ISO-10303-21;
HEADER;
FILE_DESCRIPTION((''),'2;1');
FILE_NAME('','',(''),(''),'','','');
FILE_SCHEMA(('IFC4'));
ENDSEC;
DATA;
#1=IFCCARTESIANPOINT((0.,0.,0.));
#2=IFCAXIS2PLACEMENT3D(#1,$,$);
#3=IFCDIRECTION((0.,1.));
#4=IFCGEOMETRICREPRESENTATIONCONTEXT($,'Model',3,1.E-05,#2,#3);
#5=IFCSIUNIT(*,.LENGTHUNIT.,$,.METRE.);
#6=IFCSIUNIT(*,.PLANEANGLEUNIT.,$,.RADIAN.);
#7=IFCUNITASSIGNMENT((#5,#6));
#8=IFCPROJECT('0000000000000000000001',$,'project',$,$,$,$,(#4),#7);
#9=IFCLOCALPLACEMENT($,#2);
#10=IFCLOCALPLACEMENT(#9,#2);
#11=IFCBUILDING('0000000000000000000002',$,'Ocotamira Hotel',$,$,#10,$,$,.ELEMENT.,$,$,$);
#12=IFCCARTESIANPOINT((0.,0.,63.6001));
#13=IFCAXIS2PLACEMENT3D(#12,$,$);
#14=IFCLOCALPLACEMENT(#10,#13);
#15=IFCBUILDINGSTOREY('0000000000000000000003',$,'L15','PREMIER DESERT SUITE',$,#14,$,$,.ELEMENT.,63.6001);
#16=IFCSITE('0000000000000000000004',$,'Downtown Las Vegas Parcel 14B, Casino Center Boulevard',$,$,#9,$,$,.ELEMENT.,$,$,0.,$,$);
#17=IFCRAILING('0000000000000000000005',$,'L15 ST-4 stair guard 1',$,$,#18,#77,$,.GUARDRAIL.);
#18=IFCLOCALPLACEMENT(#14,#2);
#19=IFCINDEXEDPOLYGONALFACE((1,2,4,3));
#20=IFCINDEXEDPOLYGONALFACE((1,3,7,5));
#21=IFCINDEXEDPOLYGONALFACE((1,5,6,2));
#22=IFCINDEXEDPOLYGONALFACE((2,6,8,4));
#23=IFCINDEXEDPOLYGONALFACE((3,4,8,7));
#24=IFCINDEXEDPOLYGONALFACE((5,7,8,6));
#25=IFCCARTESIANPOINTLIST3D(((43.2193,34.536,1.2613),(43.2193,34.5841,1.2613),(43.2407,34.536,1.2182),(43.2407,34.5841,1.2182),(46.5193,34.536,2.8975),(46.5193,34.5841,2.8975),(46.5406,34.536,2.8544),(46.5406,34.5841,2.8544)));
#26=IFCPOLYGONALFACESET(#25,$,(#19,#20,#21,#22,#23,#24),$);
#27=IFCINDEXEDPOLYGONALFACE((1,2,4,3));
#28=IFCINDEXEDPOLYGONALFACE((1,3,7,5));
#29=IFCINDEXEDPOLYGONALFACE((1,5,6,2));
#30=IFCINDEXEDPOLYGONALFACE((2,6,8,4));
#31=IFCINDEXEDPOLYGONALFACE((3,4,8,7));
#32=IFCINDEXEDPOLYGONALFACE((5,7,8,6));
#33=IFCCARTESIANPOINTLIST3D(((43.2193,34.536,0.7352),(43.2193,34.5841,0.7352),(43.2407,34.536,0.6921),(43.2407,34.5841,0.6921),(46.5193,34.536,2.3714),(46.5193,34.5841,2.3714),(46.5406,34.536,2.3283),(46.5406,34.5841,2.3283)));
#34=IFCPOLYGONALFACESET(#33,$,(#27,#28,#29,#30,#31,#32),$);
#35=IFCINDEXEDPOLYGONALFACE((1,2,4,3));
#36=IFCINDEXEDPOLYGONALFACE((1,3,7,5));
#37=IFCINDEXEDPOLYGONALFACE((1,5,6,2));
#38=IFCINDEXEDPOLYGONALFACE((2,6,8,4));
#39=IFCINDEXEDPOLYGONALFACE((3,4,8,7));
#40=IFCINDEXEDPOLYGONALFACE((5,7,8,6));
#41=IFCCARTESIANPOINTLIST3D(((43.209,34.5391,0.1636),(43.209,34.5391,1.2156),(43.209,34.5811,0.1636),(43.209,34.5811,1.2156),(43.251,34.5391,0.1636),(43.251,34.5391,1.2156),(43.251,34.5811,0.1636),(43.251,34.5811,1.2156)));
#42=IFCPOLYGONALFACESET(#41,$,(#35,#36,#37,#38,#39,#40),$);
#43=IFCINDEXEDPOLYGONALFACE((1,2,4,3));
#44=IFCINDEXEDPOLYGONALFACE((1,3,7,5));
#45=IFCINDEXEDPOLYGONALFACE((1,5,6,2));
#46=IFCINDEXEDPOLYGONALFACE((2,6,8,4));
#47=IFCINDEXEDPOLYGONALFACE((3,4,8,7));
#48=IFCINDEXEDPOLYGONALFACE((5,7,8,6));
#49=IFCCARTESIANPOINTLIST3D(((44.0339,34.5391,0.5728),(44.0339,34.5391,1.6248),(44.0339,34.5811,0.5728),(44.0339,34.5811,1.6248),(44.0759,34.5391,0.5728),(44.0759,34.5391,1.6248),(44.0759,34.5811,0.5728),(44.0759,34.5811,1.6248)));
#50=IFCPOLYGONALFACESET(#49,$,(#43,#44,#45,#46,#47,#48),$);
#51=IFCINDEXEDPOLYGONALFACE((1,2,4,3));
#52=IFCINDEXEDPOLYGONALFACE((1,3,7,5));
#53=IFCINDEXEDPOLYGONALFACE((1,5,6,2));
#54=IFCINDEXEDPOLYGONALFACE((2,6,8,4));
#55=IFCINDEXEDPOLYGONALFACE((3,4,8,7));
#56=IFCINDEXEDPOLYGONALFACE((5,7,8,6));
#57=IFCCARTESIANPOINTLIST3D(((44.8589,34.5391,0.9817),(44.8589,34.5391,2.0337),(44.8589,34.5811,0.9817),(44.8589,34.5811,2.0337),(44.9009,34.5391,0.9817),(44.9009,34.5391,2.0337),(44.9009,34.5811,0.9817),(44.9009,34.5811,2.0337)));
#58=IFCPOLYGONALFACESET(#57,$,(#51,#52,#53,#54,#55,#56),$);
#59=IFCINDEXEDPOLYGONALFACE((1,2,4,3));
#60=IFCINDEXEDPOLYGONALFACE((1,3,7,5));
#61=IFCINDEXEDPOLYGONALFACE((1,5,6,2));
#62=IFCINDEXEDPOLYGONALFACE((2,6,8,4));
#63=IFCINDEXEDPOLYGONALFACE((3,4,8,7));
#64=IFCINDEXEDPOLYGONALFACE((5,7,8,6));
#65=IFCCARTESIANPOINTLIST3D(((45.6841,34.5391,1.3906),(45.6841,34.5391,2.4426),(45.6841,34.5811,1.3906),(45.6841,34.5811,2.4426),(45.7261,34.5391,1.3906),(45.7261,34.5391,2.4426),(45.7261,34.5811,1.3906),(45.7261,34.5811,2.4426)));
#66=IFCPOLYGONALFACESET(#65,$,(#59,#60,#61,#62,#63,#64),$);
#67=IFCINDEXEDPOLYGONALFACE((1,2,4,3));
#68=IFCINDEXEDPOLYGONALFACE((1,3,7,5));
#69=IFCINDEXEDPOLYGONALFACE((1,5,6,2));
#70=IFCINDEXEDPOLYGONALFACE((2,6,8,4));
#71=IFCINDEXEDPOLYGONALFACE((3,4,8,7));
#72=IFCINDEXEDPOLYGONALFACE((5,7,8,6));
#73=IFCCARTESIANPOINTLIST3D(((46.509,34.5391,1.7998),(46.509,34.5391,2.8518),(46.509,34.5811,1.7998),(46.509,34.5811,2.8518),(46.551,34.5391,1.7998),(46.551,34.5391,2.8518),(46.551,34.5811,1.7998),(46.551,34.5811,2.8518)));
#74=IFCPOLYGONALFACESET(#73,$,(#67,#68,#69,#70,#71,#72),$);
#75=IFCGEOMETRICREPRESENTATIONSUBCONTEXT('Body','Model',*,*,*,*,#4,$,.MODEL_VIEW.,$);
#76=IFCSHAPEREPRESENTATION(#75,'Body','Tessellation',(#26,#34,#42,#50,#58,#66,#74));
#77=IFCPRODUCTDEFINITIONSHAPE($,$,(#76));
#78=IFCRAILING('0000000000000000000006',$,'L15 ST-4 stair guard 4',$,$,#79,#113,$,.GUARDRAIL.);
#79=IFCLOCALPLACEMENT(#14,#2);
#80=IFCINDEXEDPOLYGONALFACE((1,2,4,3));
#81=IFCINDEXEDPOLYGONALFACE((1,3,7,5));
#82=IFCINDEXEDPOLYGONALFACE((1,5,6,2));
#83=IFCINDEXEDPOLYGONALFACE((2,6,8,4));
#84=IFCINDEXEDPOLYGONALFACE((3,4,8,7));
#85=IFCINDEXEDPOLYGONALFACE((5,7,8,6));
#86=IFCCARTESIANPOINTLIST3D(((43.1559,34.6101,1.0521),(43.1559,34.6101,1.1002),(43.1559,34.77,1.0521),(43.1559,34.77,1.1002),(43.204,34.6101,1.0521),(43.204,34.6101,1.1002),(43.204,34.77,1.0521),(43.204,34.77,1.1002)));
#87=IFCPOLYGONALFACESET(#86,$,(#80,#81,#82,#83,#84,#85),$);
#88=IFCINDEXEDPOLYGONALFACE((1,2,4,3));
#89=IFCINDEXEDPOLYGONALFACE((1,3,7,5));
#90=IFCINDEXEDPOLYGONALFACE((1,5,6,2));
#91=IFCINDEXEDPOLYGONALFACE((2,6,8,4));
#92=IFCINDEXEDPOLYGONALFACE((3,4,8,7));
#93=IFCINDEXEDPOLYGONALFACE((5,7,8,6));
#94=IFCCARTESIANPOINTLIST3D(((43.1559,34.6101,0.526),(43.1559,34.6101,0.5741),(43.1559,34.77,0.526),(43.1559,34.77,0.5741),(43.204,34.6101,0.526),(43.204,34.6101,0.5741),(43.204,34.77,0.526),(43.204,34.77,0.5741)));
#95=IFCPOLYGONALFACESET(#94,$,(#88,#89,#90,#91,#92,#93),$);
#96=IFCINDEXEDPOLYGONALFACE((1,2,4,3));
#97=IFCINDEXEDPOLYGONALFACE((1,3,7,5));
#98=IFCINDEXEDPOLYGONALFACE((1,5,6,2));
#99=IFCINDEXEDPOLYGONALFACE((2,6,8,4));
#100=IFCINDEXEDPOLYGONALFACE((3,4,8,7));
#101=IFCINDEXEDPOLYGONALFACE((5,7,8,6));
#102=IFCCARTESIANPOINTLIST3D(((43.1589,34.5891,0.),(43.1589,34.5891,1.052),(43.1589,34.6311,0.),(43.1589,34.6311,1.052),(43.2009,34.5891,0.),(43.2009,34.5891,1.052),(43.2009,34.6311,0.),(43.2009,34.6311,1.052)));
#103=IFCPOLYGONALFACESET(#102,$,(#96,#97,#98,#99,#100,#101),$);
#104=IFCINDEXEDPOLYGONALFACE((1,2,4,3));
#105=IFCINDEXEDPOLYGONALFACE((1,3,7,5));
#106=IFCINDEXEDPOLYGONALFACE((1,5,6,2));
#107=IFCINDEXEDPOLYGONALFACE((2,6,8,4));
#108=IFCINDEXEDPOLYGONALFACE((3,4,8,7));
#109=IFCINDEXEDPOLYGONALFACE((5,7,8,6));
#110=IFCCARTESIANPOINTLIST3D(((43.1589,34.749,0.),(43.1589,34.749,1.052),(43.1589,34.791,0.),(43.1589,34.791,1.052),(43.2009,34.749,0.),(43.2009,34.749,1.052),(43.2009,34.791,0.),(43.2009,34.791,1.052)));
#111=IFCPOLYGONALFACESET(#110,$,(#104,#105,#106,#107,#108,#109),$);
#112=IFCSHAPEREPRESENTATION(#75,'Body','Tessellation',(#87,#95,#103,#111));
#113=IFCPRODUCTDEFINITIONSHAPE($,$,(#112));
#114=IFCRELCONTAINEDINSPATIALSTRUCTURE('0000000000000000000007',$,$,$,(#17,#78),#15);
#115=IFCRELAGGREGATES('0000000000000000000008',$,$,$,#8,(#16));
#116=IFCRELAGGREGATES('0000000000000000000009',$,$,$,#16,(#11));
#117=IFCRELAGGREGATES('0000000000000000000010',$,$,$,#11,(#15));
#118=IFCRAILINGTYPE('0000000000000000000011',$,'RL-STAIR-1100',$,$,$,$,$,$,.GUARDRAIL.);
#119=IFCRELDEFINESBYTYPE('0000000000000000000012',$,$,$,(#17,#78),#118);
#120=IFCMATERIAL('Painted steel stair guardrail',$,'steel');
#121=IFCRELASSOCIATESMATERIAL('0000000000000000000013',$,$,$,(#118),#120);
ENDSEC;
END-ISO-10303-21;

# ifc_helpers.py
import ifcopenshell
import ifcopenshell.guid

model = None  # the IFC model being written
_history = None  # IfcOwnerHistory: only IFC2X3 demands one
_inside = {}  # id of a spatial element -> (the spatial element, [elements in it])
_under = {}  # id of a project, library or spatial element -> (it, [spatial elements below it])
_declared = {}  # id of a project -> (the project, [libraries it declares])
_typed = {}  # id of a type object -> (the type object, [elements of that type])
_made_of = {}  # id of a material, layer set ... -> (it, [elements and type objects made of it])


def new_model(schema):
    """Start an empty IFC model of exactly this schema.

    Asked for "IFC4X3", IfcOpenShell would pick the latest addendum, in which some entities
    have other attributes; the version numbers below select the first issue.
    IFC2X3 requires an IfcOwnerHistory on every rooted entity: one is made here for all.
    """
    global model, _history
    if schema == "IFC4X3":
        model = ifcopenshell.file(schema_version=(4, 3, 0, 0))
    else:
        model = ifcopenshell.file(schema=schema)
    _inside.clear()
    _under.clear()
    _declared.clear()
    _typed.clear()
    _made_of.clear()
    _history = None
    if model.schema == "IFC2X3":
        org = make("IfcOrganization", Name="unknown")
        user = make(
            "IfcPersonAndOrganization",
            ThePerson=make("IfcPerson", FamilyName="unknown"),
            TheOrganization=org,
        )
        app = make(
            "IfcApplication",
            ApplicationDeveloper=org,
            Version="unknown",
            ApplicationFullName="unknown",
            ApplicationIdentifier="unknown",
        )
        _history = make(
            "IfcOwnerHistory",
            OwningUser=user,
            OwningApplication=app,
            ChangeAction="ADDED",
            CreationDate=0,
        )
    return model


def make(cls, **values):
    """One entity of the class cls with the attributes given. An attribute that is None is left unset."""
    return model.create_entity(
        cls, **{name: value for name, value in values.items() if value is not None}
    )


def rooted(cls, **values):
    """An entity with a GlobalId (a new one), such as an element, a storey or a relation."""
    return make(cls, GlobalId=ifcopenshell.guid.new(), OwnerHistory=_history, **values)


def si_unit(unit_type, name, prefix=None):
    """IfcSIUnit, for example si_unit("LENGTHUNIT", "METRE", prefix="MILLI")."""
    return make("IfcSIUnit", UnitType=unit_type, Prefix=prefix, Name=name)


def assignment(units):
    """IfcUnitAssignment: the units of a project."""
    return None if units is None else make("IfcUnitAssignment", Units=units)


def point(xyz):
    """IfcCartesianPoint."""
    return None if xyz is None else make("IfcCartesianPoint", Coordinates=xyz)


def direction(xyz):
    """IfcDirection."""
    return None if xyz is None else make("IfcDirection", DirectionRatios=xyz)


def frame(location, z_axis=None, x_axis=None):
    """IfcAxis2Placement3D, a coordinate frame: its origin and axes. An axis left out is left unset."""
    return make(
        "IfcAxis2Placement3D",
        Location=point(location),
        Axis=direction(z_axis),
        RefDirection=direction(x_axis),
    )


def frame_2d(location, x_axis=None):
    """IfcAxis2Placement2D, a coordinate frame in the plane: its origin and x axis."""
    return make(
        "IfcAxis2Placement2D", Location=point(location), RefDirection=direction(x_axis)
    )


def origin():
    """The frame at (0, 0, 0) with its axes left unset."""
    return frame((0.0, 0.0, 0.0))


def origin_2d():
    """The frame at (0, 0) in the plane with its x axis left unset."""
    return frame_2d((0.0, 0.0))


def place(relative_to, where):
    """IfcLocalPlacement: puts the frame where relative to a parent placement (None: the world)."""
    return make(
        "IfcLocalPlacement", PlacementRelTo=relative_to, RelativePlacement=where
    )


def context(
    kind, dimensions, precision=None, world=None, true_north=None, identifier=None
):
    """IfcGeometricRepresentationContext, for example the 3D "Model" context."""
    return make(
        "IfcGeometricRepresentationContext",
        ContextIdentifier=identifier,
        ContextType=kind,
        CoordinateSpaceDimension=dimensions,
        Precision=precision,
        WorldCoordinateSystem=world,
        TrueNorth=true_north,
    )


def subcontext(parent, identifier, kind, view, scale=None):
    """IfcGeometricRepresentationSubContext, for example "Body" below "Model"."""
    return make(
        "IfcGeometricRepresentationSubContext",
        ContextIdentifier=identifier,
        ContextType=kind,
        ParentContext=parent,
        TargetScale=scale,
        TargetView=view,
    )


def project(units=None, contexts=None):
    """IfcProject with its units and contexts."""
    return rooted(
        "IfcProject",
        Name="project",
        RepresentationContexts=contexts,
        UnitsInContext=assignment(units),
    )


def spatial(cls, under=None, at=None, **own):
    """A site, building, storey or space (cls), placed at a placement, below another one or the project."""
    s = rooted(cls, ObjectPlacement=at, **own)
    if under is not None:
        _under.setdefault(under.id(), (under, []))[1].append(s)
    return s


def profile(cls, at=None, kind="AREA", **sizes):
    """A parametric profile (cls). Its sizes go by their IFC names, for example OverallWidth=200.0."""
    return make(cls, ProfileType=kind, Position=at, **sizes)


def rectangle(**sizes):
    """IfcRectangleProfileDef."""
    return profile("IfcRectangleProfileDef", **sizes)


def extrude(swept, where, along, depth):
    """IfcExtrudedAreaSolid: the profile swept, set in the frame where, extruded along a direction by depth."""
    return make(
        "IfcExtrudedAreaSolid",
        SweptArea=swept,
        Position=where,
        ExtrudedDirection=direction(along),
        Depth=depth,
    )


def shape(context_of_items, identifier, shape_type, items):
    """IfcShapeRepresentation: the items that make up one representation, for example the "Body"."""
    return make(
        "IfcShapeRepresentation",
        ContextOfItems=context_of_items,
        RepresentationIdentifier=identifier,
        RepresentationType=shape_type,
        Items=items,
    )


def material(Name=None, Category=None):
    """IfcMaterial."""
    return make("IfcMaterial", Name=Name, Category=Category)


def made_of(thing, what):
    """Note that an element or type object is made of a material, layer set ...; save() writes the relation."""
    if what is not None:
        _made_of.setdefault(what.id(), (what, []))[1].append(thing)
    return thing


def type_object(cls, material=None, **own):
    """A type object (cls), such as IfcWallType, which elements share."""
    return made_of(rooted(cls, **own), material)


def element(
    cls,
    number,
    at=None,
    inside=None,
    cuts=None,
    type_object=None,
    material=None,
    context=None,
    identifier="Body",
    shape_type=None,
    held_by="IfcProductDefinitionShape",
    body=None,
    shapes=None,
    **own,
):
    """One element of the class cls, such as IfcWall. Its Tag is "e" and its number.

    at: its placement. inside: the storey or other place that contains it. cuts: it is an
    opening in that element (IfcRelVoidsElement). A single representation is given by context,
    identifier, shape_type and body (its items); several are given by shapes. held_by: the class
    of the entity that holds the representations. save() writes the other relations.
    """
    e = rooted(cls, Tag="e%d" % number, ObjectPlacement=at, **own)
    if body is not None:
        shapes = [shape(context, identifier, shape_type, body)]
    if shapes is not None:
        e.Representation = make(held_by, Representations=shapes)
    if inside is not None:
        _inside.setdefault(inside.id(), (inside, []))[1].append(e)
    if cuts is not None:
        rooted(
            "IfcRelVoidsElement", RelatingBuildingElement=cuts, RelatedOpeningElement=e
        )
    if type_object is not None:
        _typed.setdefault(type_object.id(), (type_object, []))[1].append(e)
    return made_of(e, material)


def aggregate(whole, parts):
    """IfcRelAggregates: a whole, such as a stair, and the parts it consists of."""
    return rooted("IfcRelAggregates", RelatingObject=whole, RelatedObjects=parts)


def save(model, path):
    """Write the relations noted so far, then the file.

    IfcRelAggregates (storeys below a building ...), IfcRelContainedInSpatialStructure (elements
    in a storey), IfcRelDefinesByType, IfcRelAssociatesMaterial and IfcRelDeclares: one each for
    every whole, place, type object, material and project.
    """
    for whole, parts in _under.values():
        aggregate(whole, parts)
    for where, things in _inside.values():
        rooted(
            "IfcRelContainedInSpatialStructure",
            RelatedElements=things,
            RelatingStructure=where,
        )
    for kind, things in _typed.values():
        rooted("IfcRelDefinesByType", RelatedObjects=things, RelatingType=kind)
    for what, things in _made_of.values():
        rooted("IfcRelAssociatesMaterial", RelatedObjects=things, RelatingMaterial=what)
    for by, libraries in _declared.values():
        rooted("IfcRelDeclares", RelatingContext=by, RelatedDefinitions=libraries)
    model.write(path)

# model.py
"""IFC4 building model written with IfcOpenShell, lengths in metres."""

from ifc_helpers import new_model, si_unit, direction, frame, origin, origin_2d, place, context, subcontext, project, spatial, rectangle, extrude, material, type_object, element, save


model = new_model("IFC4")

# Units and contexts
model_context = context("Model", 3, precision=1e-05, world=origin(), true_north=direction((0.0, 1.0)))
body_context = subcontext(model_context, "Body", "Model", "MODEL_VIEW")
ifc_project = project(units=[si_unit("LENGTHUNIT", "METRE"), si_unit("PLANEANGLEUNIT", "RADIAN")], contexts=[model_context])

# Site, building, storey
site_placement = place(None, origin())
site = spatial("IfcSite", under=ifc_project, at=site_placement, Name="Downtown Las Vegas Parcel 14B, Casino Center Boulevard", CompositionType="ELEMENT", RefElevation=0.0)
building_placement = place(site_placement, origin())
building = spatial("IfcBuilding", under=site, at=building_placement, Name="Ocotamira Hotel", CompositionType="ELEMENT")
storey_placement = place(building_placement, frame((0.0, 0.0, 63.6001)))
storey = spatial("IfcBuildingStorey", under=building, at=storey_placement, Name="L15", Description="PREMIER DESERT SUITE", CompositionType="ELEMENT", Elevation=63.6001)

# Railings
ifc_material_1 = material(Name="Painted steel stair guardrail", Category="steel")
railing_type_1 = type_object("IfcRailingType", Name="RL-STAIR-1100", PredefinedType="GUARDRAIL", material=ifc_material_1)
railing_1_placement = place(storey_placement, frame((43.23, 34.5601, 0.1636)))
element("IfcRailing", 1, at=railing_1_placement, inside=storey, type_object=railing_type_1, Name="L15 ST-4 stair guard 1", PredefinedType="GUARDRAIL", context=body_context, shape_type="SweptSolid", body=[
    extrude(rectangle(XDim=0.0481, YDim=0.0481, at=origin_2d()), frame((0.0, 0.0, 1.0762), z_axis=(0.89592, 0.0, 0.444215), x_axis=(0.0, 1.0, 0.0)), (0.0, 0.0, 1.0), 3.6833),
    extrude(rectangle(XDim=0.0481, YDim=0.0481, at=origin_2d()), frame((0.0, 0.0, 0.55), z_axis=(0.89592, 0.0, 0.444215), x_axis=(0.0, 1.0, 0.0)), (0.0, 0.0, 1.0), 3.6833),
    extrude(rectangle(XDim=0.042, YDim=0.042, at=origin_2d()), origin(), (0.0, 0.0, 1.0), 1.052),
    extrude(rectangle(XDim=0.042, YDim=0.042, at=origin_2d()), frame((0.825, 0.0, 0.4092)), (0.0, 0.0, 1.0), 1.052),
    extrude(rectangle(XDim=0.042, YDim=0.042, at=origin_2d()), frame((1.6499, 0.0, 0.8181)), (0.0, 0.0, 1.0), 1.052),
    extrude(rectangle(XDim=0.042, YDim=0.042, at=origin_2d()), frame((2.4751, 0.0, 1.2271)), (0.0, 0.0, 1.0), 1.052),
    extrude(rectangle(XDim=0.042, YDim=0.042, at=origin_2d()), frame((3.3, 0.0, 1.6362)), (0.0, 0.0, 1.0), 1.052),
])
railing_2_placement = place(storey_placement, frame((43.1799, 34.6101, 0.0)))
element("IfcRailing", 2, at=railing_2_placement, inside=storey, type_object=railing_type_1, Name="L15 ST-4 stair guard 4", PredefinedType="GUARDRAIL", context=body_context, shape_type="SweptSolid", body=[
    extrude(rectangle(XDim=0.0481, YDim=0.0481, at=origin_2d()), frame((0.0, 0.0, 1.0762), z_axis=(0.0, 1.0, 0.0), x_axis=(-1.0, 0.0, 0.0)), (0.0, 0.0, 1.0), 0.1599),
    extrude(rectangle(XDim=0.0481, YDim=0.0481, at=origin_2d()), frame((0.0, 0.0, 0.55), z_axis=(0.0, 1.0, 0.0), x_axis=(-1.0, 0.0, 0.0)), (0.0, 0.0, 1.0), 0.1599),
    extrude(rectangle(XDim=0.042, YDim=0.042, at=origin_2d()), origin(), (0.0, 0.0, 1.0), 1.052),
    extrude(rectangle(XDim=0.042, YDim=0.042, at=origin_2d()), frame((0.0, 0.1599, 0.0)), (0.0, 0.0, 1.0), 1.052),
])

save(model, "model.ifc")
